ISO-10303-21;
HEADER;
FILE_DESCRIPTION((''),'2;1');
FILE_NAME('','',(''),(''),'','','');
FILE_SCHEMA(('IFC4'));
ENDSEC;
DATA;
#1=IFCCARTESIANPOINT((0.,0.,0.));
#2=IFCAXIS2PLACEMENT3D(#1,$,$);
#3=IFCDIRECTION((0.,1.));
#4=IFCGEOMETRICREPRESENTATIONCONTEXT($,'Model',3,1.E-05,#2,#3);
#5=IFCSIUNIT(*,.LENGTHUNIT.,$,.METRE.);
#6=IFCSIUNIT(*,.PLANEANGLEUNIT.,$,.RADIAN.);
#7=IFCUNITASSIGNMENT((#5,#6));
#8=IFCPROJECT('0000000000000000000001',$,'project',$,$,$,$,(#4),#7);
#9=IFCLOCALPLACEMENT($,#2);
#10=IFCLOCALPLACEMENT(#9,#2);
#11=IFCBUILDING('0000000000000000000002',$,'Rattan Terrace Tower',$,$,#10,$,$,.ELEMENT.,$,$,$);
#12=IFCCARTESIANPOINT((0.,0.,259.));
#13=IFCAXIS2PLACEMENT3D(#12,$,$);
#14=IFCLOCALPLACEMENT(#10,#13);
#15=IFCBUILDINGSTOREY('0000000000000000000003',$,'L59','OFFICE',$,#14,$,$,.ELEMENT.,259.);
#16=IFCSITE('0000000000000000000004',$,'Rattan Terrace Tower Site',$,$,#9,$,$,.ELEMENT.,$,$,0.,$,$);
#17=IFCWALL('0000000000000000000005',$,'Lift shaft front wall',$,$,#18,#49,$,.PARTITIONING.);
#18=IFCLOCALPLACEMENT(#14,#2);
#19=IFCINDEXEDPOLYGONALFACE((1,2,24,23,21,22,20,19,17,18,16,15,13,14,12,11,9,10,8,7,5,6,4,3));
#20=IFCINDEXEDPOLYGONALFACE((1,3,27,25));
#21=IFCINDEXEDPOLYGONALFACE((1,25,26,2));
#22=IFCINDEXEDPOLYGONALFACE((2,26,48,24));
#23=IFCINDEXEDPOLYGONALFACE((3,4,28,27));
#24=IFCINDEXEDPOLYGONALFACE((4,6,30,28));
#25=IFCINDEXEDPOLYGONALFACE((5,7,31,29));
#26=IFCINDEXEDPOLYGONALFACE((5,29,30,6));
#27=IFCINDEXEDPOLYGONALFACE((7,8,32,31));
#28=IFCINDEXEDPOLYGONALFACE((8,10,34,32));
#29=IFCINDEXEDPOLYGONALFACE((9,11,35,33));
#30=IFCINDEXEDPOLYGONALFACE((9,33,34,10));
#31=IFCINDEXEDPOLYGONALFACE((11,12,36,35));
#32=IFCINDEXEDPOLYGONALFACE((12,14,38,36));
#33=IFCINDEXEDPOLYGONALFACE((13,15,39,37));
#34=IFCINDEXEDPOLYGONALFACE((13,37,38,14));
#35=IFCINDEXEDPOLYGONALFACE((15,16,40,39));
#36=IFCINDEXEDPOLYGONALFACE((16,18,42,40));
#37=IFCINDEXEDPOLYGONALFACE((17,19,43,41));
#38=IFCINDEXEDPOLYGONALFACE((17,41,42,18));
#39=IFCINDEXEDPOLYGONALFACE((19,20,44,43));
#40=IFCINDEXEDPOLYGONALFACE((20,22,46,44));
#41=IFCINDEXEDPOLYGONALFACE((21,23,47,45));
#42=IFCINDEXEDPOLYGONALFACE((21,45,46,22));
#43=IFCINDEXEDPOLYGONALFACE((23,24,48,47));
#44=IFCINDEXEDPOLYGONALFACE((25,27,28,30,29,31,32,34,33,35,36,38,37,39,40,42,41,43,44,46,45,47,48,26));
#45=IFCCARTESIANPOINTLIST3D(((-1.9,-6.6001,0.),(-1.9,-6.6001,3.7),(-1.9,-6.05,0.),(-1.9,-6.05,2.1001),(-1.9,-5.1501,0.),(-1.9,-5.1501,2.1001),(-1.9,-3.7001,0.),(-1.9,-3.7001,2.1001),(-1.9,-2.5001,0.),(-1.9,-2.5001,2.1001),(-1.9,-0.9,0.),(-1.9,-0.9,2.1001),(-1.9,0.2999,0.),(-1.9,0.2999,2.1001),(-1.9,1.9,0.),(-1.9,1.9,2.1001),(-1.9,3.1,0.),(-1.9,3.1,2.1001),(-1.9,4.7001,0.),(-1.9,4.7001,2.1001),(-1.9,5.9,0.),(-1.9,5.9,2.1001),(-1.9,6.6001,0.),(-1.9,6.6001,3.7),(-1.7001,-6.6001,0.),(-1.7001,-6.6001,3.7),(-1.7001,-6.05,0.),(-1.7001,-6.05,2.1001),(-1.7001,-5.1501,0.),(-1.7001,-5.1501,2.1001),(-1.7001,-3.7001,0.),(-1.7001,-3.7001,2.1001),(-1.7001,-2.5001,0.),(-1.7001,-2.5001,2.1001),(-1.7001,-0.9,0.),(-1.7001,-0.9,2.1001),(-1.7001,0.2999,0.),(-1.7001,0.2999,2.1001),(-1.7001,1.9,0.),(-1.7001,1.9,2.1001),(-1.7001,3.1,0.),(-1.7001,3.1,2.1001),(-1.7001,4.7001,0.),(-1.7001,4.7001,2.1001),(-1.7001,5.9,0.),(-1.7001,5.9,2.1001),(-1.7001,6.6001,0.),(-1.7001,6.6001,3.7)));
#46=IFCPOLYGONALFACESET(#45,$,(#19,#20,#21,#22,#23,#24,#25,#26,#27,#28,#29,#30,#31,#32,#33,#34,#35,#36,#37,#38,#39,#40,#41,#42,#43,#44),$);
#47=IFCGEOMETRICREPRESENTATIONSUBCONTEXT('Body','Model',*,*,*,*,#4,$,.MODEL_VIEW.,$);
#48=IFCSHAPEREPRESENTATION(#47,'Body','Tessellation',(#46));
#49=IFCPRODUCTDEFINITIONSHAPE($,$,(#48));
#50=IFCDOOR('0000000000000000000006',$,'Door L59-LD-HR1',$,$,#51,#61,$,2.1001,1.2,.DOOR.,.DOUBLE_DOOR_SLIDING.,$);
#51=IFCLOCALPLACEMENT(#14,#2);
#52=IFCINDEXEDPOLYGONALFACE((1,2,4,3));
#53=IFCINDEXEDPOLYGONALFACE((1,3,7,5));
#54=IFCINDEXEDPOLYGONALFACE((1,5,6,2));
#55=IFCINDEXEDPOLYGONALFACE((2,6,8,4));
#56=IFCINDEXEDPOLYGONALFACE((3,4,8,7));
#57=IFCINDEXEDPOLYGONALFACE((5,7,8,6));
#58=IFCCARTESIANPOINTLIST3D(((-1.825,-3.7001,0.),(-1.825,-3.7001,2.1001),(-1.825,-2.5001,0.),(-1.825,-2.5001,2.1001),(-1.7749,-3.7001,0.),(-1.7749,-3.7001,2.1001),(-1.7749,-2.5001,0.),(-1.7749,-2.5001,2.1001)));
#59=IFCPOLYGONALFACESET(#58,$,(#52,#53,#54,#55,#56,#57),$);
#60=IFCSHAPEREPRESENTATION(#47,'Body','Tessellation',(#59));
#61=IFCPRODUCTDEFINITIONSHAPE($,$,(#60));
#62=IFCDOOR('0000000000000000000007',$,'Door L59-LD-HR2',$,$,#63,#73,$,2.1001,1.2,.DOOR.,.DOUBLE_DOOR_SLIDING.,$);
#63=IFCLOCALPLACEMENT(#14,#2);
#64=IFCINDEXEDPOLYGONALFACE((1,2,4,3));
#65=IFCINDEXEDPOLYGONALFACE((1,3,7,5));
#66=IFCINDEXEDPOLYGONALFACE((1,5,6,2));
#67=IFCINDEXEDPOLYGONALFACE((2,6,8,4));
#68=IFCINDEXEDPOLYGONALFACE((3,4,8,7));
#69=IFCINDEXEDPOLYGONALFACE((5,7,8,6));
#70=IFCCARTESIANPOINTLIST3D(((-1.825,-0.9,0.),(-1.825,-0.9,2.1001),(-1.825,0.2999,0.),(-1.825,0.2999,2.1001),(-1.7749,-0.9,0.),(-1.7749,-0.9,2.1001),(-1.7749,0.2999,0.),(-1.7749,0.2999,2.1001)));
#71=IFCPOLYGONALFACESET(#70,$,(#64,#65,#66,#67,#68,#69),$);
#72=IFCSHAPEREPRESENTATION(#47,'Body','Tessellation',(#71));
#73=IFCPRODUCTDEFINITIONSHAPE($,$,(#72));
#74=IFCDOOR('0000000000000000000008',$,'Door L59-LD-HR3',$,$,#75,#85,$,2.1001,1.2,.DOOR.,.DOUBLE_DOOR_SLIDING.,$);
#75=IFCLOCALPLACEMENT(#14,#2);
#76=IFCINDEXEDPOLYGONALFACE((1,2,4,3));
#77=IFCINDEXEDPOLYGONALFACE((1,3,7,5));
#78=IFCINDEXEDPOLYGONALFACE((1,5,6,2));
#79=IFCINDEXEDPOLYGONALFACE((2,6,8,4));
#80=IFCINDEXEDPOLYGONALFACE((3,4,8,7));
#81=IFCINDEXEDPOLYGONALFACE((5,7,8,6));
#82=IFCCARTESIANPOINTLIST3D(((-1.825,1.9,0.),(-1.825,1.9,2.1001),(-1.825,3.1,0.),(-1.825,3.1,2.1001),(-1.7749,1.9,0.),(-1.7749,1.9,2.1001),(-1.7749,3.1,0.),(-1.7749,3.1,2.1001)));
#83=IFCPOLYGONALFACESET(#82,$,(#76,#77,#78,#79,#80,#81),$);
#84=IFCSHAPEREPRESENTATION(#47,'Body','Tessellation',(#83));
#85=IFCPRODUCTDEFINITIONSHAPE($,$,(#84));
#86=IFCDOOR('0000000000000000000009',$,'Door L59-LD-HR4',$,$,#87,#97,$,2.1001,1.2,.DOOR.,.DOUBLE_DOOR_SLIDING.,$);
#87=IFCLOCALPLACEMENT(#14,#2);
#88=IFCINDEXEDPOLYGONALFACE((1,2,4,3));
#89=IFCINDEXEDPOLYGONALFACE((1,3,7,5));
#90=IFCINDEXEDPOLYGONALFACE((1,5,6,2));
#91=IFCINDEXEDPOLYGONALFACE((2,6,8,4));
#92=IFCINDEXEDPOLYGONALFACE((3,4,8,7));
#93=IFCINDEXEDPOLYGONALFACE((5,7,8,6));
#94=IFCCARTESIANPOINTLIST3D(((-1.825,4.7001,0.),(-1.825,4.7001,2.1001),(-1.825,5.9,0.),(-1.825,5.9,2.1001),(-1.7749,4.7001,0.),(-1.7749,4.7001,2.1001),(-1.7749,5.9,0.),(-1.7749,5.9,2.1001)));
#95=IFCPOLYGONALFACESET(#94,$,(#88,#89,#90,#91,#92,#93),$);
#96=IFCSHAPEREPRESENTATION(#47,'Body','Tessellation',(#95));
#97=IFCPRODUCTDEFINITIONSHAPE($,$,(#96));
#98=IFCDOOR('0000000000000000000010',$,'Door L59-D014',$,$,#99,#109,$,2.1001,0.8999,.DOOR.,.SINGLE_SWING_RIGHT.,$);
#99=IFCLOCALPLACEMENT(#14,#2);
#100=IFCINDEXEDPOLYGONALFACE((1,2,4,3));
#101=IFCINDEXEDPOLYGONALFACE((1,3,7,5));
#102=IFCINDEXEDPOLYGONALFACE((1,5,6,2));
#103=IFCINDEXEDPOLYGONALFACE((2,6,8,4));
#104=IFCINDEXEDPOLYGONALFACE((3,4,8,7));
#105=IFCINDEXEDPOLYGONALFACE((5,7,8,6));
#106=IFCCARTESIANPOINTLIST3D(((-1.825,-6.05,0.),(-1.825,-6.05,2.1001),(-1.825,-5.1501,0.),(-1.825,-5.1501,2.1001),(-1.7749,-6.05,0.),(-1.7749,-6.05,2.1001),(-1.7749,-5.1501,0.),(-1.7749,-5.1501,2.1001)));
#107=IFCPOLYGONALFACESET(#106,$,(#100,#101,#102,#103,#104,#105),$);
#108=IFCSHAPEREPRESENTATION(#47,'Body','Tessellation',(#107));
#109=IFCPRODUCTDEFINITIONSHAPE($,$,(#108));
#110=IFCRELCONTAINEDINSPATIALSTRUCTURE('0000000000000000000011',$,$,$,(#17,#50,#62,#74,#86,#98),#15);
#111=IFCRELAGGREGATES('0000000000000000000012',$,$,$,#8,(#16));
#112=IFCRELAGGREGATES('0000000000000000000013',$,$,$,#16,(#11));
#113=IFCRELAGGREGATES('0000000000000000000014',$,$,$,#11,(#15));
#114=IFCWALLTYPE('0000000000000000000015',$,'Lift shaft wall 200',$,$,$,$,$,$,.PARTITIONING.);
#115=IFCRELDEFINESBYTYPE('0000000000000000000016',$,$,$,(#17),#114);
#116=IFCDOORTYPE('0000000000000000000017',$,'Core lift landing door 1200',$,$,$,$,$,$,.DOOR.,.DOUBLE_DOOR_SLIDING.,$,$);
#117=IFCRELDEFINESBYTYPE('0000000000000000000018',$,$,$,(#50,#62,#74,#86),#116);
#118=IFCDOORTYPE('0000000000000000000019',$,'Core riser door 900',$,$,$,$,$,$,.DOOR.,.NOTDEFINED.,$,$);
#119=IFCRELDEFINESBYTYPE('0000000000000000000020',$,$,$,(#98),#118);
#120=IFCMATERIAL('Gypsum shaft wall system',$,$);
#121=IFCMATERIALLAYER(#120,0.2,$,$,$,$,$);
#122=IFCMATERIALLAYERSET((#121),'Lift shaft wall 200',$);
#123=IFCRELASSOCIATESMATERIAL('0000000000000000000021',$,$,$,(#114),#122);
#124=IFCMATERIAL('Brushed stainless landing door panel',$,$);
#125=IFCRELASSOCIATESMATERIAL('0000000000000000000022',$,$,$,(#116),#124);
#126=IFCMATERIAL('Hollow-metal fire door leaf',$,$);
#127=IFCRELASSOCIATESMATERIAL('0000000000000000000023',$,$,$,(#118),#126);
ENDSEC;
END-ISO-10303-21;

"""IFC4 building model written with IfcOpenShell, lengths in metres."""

from ifc_helpers import new_model, si_unit, direction, frame, frame_2d, origin, place, context, subcontext, project, spatial, rectangle, extrude, material, layer, layer_set, type_object, element, fill, save


model = new_model("IFC4")

# Units and contexts
model_context = context("Model", 3, precision=1e-05, world=origin(), true_north=direction((0.0, 1.0)))
body_context = subcontext(model_context, "Body", "Model", "MODEL_VIEW")
ifc_project = project(units=[si_unit("LENGTHUNIT", "METRE"), si_unit("PLANEANGLEUNIT", "RADIAN")], contexts=[model_context])

# Site, building, storey
site_placement = place(None, origin())
site = spatial("IfcSite", under=ifc_project, at=site_placement, Name="Rattan Terrace Tower Site", CompositionType="ELEMENT", RefElevation=0.0)
building_placement = place(site_placement, origin())
building = spatial("IfcBuilding", under=site, at=building_placement, Name="Rattan Terrace Tower", CompositionType="ELEMENT")
storey_placement = place(building_placement, frame((0.0, 0.0, 259.0)))
storey = spatial("IfcBuildingStorey", under=building, at=storey_placement, Name="L59", Description="OFFICE", CompositionType="ELEMENT", Elevation=259.0)

# Wall, openings, doors
ifc_material_1 = material(Name="Gypsum shaft wall system")
ifc_layer_1 = layer(ifc_material_1, 0.2)
ifc_layer_set_1 = layer_set([ifc_layer_1], Name="Lift shaft wall 200")
wall_type_1 = type_object("IfcWallType", Name="Lift shaft wall 200", PredefinedType="PARTITIONING", material=ifc_layer_set_1)
wall_1_placement = place(storey_placement, frame((-1.8, -6.6001, 0.0), z_axis=(0.0, 0.0, 1.0), x_axis=(0.0, 1.0, 0.0)))
wall_1 = element("IfcWall", 1, at=wall_1_placement, inside=storey, type_object=wall_type_1, Name="Lift shaft front wall", PredefinedType="PARTITIONING", context=body_context, shape_type="SweptSolid", body=[
    extrude(rectangle(XDim=13.2002, YDim=0.2, at=frame_2d((6.6001, 0.0))), origin(), (0.0, 0.0, 1.0), 3.7),
])
opening_1_placement = place(wall_1_placement, frame((0.55, 0.0, 0.0)))
opening_1 = element("IfcOpeningElement", 2, at=opening_1_placement, cuts=wall_1, PredefinedType="OPENING", context=body_context, shape_type="SweptSolid", body=[
    extrude(rectangle(XDim=0.8999, YDim=2.1001, at=frame_2d((0.45, 1.05))), frame((0.0, 0.1106, 0.0), z_axis=(0.0, -1.0, 0.0), x_axis=(1.0, 0.0, 0.0)), (0.0, 0.0, 1.0), 0.2209),
])
opening_2_placement = place(wall_1_placement, frame((2.8999, 0.0, 0.0)))
opening_2 = element("IfcOpeningElement", 3, at=opening_2_placement, cuts=wall_1, PredefinedType="OPENING", context=body_context, shape_type="SweptSolid", body=[
    extrude(rectangle(XDim=1.2, YDim=2.1001, at=frame_2d((0.6001, 1.05))), frame((0.0, 0.1106, 0.0), z_axis=(0.0, -1.0, 0.0), x_axis=(1.0, 0.0, 0.0)), (0.0, 0.0, 1.0), 0.2209),
])
opening_3_placement = place(wall_1_placement, frame((5.7, 0.0, 0.0)))
opening_3 = element("IfcOpeningElement", 4, at=opening_3_placement, cuts=wall_1, PredefinedType="OPENING", context=body_context, shape_type="SweptSolid", body=[
    extrude(rectangle(XDim=1.2, YDim=2.1001, at=frame_2d((0.6001, 1.05))), frame((0.0, 0.1106, 0.0), z_axis=(0.0, -1.0, 0.0), x_axis=(1.0, 0.0, 0.0)), (0.0, 0.0, 1.0), 0.2209),
])
opening_4_placement = place(wall_1_placement, frame((8.5, 0.0, 0.0)))
opening_4 = element("IfcOpeningElement", 5, at=opening_4_placement, cuts=wall_1, PredefinedType="OPENING", context=body_context, shape_type="SweptSolid", body=[
    extrude(rectangle(XDim=1.2, YDim=2.1001, at=frame_2d((0.6001, 1.05))), frame((0.0, 0.1106, 0.0), z_axis=(0.0, -1.0, 0.0), x_axis=(1.0, 0.0, 0.0)), (0.0, 0.0, 1.0), 0.2209),
])
opening_5_placement = place(wall_1_placement, frame((11.3, 0.0, 0.0)))
opening_5 = element("IfcOpeningElement", 6, at=opening_5_placement, cuts=wall_1, PredefinedType="OPENING", context=body_context, shape_type="SweptSolid", body=[
    extrude(rectangle(XDim=1.2, YDim=2.1001, at=frame_2d((0.6001, 1.05))), frame((0.0, 0.1106, 0.0), z_axis=(0.0, -1.0, 0.0), x_axis=(1.0, 0.0, 0.0)), (0.0, 0.0, 1.0), 0.2209),
])
ifc_material_2 = material(Name="Brushed stainless landing door panel")
door_type_1 = type_object("IfcDoorType", Name="Core lift landing door 1200", OperationType="DOUBLE_DOOR_SLIDING", PredefinedType="DOOR", material=ifc_material_2)
door_1_placement = place(opening_2_placement, origin())
door_1 = element("IfcDoor", 7, at=door_1_placement, inside=storey, type_object=door_type_1, Name="Door L59-LD-HR1", OperationType="DOUBLE_DOOR_SLIDING", OverallHeight=2.1001, OverallWidth=1.2, PredefinedType="DOOR", context=body_context, shape_type="SweptSolid", body=[
    extrude(rectangle(XDim=1.2, YDim=2.1001, at=frame_2d((0.6001, 1.05))), frame((0.0, 0.0249, 0.0), z_axis=(0.0, -1.0, 0.0), x_axis=(1.0, 0.0, 0.0)), (0.0, 0.0, 1.0), 0.05),
])
fill(opening_2, door_1)
door_2_placement = place(opening_3_placement, origin())
door_2 = element("IfcDoor", 8, at=door_2_placement, inside=storey, type_object=door_type_1, Name="Door L59-LD-HR2", OperationType="DOUBLE_DOOR_SLIDING", OverallHeight=2.1001, OverallWidth=1.2, PredefinedType="DOOR", context=body_context, shape_type="SweptSolid", body=[
    extrude(rectangle(XDim=1.2, YDim=2.1001, at=frame_2d((0.6001, 1.05))), frame((0.0, 0.0249, 0.0), z_axis=(0.0, -1.0, 0.0), x_axis=(1.0, 0.0, 0.0)), (0.0, 0.0, 1.0), 0.05),
])
fill(opening_3, door_2)
door_3_placement = place(opening_4_placement, origin())
door_3 = element("IfcDoor", 9, at=door_3_placement, inside=storey, type_object=door_type_1, Name="Door L59-LD-HR3", OperationType="DOUBLE_DOOR_SLIDING", OverallHeight=2.1001, OverallWidth=1.2, PredefinedType="DOOR", context=body_context, shape_type="SweptSolid", body=[
    extrude(rectangle(XDim=1.2, YDim=2.1001, at=frame_2d((0.6001, 1.05))), frame((0.0, 0.0249, 0.0), z_axis=(0.0, -1.0, 0.0), x_axis=(1.0, 0.0, 0.0)), (0.0, 0.0, 1.0), 0.05),
])
fill(opening_4, door_3)
door_4_placement = place(opening_5_placement, origin())
door_4 = element("IfcDoor", 10, at=door_4_placement, inside=storey, type_object=door_type_1, Name="Door L59-LD-HR4", OperationType="DOUBLE_DOOR_SLIDING", OverallHeight=2.1001, OverallWidth=1.2, PredefinedType="DOOR", context=body_context, shape_type="SweptSolid", body=[
    extrude(rectangle(XDim=1.2, YDim=2.1001, at=frame_2d((0.6001, 1.05))), frame((0.0, 0.0249, 0.0), z_axis=(0.0, -1.0, 0.0), x_axis=(1.0, 0.0, 0.0)), (0.0, 0.0, 1.0), 0.05),
])
fill(opening_5, door_4)
ifc_material_3 = material(Name="Hollow-metal fire door leaf")
door_type_2 = type_object("IfcDoorType", Name="Core riser door 900", OperationType="NOTDEFINED", PredefinedType="DOOR", material=ifc_material_3)
door_5_placement = place(opening_1_placement, origin())
door_5 = element("IfcDoor", 11, at=door_5_placement, inside=storey, type_object=door_type_2, Name="Door L59-D014", OperationType="SINGLE_SWING_RIGHT", OverallHeight=2.1001, OverallWidth=0.8999, PredefinedType="DOOR", context=body_context, shape_type="SweptSolid", body=[
    extrude(rectangle(XDim=0.8999, YDim=2.1001, at=frame_2d((0.45, 1.05))), frame((0.0, 0.0249, 0.0), z_axis=(0.0, -1.0, 0.0), x_axis=(1.0, 0.0, 0.0)), (0.0, 0.0, 1.0), 0.05),
])
fill(opening_1, door_5)

save(model, "model.ifc")
